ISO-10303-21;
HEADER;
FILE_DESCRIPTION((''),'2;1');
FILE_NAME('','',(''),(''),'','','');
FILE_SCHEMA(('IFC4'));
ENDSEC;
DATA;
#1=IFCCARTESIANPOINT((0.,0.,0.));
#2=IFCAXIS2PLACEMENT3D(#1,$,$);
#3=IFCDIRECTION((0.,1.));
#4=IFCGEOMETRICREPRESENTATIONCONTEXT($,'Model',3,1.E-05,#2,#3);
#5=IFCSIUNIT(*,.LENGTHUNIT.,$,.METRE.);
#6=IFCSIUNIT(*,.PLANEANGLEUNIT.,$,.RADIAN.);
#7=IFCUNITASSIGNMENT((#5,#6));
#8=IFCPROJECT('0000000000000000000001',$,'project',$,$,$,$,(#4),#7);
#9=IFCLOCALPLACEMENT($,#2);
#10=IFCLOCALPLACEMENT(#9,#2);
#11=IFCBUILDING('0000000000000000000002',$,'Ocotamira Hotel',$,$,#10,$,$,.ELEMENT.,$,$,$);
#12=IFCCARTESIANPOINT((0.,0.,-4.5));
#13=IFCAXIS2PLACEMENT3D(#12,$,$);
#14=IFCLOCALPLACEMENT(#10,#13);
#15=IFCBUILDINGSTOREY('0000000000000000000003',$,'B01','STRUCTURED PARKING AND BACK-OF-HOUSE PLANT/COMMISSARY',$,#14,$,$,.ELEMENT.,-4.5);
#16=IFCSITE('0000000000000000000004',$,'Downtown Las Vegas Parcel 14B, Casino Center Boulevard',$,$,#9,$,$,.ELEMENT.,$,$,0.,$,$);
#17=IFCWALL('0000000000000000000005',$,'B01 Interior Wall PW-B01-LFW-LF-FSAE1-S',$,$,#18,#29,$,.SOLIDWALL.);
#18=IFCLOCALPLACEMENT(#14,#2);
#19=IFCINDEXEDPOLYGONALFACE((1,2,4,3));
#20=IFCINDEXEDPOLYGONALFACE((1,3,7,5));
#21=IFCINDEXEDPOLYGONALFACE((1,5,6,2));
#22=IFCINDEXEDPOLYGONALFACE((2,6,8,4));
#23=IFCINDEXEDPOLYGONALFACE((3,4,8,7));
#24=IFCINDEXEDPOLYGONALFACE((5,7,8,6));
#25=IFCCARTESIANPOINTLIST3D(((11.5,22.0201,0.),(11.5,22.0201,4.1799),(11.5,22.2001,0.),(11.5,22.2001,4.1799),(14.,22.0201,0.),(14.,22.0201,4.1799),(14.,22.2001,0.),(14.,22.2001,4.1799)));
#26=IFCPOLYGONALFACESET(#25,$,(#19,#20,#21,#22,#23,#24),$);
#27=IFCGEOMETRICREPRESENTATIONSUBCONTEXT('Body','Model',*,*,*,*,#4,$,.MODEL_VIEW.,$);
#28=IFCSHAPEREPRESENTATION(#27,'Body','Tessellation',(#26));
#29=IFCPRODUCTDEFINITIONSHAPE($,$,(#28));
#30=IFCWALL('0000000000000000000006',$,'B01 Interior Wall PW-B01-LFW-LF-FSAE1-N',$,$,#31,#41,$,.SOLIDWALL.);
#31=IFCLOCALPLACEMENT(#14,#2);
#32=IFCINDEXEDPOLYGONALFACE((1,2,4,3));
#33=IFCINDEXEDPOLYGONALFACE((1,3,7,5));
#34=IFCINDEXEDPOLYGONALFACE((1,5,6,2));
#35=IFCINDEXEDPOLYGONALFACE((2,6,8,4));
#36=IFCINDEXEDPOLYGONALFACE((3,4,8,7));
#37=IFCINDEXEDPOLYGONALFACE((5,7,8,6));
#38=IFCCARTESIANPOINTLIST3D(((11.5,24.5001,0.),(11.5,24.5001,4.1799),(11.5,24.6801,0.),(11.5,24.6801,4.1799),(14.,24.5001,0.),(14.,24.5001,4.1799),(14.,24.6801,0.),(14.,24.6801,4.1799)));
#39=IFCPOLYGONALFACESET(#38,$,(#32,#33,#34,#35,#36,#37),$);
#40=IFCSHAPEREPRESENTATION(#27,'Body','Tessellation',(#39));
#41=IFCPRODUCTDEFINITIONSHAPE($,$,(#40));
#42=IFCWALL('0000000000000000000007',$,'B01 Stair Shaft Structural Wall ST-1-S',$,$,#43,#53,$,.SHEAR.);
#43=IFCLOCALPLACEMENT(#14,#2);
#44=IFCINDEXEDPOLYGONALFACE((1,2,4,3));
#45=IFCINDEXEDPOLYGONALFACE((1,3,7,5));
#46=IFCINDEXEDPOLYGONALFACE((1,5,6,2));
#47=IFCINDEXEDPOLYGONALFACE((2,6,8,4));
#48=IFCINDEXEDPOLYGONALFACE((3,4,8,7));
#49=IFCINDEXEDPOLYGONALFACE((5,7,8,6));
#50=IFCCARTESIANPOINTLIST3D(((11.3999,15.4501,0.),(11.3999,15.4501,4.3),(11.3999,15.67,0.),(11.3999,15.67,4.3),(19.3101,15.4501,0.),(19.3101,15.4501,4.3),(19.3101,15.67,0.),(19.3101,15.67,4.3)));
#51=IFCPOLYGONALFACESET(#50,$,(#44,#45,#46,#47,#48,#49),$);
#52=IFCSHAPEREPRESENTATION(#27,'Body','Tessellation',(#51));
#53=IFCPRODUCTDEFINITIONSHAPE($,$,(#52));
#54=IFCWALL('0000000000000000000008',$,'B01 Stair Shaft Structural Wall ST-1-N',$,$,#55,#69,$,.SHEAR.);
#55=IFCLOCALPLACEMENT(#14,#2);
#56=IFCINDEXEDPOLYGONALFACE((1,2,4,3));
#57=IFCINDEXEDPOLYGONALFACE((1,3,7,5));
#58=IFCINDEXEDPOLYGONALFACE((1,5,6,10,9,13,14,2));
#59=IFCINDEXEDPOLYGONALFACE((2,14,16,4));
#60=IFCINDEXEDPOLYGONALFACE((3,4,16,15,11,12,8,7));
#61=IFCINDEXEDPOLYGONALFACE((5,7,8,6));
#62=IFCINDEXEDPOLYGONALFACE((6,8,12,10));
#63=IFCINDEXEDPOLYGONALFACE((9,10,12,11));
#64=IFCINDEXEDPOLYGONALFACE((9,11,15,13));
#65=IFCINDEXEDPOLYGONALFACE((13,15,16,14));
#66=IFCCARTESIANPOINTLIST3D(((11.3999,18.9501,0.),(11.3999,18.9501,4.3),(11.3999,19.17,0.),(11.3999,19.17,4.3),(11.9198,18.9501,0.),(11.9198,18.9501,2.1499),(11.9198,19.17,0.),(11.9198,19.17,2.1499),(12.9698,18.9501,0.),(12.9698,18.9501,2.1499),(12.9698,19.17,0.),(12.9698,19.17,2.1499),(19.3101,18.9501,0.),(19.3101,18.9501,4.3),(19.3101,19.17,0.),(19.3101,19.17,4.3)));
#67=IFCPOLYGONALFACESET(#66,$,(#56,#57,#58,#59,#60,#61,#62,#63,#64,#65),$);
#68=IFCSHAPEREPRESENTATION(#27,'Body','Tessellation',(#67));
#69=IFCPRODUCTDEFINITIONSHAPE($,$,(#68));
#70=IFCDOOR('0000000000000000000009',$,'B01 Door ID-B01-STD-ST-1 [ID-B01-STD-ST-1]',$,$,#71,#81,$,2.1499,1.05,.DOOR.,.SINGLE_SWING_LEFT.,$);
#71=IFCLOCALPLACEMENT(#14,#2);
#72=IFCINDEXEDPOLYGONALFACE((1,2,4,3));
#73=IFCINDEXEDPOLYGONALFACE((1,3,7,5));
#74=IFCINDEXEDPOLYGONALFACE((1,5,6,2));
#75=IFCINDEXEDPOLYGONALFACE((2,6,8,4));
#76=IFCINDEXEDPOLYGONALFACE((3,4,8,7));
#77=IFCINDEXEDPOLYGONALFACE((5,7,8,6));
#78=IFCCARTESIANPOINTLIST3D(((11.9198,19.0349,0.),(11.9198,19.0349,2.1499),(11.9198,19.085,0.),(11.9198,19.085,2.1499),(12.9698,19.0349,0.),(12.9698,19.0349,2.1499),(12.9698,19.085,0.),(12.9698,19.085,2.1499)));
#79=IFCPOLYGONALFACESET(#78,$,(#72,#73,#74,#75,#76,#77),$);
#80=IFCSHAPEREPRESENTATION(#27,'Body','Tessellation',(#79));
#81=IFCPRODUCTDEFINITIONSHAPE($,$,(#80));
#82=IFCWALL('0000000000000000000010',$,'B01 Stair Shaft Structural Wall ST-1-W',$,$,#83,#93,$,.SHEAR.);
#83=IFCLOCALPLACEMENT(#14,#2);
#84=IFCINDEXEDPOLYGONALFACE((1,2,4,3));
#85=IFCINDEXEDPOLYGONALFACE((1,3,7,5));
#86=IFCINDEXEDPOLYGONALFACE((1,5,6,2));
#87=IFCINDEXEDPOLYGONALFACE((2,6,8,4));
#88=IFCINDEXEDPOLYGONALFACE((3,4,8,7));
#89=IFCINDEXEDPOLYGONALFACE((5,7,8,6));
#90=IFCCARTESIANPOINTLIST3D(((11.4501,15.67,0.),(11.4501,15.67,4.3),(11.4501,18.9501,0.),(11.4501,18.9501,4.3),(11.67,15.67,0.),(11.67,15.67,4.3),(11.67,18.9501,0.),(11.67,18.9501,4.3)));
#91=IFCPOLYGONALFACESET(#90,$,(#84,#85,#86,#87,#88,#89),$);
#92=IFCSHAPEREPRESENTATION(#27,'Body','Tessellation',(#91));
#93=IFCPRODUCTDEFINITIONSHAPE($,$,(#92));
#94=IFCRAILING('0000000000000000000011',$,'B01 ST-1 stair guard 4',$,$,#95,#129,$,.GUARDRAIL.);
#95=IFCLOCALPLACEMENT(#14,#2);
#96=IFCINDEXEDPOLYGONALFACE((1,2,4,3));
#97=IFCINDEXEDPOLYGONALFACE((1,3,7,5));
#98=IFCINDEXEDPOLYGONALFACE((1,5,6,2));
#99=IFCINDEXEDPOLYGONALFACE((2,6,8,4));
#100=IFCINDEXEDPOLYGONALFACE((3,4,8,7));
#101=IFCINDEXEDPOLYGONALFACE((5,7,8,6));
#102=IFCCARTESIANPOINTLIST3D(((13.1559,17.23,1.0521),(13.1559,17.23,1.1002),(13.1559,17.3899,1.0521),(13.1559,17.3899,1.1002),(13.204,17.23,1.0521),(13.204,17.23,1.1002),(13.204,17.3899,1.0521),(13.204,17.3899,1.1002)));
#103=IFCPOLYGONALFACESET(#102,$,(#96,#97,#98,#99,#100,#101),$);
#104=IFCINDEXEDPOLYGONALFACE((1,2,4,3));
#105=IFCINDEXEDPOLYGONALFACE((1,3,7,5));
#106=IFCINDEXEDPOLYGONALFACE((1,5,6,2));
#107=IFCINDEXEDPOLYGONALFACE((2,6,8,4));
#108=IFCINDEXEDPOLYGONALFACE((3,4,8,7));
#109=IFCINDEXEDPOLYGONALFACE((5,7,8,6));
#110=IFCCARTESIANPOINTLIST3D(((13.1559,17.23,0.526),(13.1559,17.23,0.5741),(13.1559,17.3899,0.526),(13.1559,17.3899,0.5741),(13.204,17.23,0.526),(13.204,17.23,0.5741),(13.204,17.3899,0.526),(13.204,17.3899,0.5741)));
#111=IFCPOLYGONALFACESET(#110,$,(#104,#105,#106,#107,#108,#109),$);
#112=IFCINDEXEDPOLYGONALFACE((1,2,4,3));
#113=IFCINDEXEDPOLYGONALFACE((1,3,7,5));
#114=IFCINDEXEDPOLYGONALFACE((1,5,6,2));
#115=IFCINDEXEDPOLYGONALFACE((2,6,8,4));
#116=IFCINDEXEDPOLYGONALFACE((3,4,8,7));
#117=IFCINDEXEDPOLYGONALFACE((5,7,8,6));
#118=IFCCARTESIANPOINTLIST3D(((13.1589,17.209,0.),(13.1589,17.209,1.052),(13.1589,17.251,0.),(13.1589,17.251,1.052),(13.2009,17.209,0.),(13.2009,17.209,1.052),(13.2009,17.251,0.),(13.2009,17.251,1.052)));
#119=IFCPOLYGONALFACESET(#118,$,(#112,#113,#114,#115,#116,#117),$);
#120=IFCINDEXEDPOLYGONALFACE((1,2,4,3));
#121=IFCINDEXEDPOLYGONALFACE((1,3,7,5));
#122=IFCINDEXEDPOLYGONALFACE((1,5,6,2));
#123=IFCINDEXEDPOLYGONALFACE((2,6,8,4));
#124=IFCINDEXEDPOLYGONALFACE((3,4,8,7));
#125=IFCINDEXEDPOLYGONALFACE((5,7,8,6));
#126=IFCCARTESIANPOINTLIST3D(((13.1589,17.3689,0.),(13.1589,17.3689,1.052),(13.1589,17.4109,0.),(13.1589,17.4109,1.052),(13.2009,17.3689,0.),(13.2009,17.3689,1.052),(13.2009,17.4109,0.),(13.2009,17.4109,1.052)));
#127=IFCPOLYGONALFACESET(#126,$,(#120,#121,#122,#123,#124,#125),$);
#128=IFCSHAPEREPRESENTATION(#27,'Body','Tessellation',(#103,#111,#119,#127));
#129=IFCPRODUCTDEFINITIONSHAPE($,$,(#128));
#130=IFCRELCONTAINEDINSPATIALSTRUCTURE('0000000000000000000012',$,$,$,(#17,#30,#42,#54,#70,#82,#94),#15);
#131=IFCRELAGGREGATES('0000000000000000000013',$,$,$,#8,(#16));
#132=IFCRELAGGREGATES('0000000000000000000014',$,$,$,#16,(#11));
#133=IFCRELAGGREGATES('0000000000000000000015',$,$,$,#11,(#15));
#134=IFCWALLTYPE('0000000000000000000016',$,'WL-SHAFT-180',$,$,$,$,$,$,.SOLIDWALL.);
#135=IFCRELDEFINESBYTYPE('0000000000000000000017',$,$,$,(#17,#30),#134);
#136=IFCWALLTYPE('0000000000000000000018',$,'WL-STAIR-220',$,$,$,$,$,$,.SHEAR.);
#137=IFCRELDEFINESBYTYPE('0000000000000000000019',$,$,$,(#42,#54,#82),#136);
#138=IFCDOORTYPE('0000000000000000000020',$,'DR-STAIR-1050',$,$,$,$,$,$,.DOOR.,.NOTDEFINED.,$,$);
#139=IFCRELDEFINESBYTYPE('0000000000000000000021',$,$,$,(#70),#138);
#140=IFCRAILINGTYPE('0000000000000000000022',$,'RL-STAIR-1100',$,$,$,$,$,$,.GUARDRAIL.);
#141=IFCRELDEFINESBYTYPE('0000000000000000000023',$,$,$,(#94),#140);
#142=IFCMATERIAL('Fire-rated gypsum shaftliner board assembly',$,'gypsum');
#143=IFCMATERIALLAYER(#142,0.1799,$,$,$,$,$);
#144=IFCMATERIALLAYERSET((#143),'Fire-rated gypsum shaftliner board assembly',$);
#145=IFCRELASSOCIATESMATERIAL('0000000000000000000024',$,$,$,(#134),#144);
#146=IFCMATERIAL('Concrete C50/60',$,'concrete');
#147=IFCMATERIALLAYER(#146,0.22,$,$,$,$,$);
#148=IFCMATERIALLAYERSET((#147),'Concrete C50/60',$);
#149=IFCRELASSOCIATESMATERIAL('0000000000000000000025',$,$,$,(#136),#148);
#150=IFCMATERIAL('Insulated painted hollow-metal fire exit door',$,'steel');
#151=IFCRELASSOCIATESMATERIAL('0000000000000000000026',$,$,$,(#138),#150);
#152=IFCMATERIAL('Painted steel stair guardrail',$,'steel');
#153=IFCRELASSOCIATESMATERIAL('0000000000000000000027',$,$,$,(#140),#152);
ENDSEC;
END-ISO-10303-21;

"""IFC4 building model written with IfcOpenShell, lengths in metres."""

from ifc_helpers import new_model, si_unit, direction, frame, frame_2d, origin, origin_2d, place, context, subcontext, project, spatial, rectangle, extrude, source, transform, mapped, material, layer, layer_set, type_object, element, fill, save


model = new_model("IFC4")

# Units and contexts
model_context = context("Model", 3, precision=1e-05, world=origin(), true_north=direction((0.0, 1.0)))
body_context = subcontext(model_context, "Body", "Model", "MODEL_VIEW")
ifc_project = project(units=[si_unit("LENGTHUNIT", "METRE"), si_unit("PLANEANGLEUNIT", "RADIAN")], contexts=[model_context])

# Site, building, storey
site_placement = place(None, origin())
site = spatial("IfcSite", under=ifc_project, at=site_placement, Name="Downtown Las Vegas Parcel 14B, Casino Center Boulevard", CompositionType="ELEMENT", RefElevation=0.0)
building_placement = place(site_placement, origin())
building = spatial("IfcBuilding", under=site, at=building_placement, Name="Ocotamira Hotel", CompositionType="ELEMENT")
storey_placement = place(building_placement, frame((0.0, 0.0, -4.5)))
storey = spatial("IfcBuildingStorey", under=building, at=storey_placement, Name="B01", Description="STRUCTURED PARKING AND BACK-OF-HOUSE PLANT/COMMISSARY", CompositionType="ELEMENT", Elevation=-4.5)

# Walls
ifc_material_1 = material(Name="Concrete C50/60", Category="concrete")
ifc_material_2 = material(Name="Fire-rated gypsum shaftliner board assembly", Category="gypsum")
ifc_layer_1 = layer(ifc_material_2, 0.1799)
ifc_layer_set_1 = layer_set([ifc_layer_1], Name="Fire-rated gypsum shaftliner board assembly")
wall_type_1 = type_object("IfcWallType", Name="WL-SHAFT-180", PredefinedType="SOLIDWALL", material=ifc_layer_set_1)
for number, where, z_axis, x_axis, name in (
    (1, (11.5, 22.1101, 0.0), (0.0, 0.0, 1.0), (1.0, 0.0, 0.0), "B01 Interior Wall PW-B01-LFW-LF-FSAE1-S"),
    (2, (11.5, 24.5901, 0.0), (0.0, 0.0, 1.0), (1.0, 0.0, 0.0), "B01 Interior Wall PW-B01-LFW-LF-FSAE1-N"),
):
    element("IfcWall", number, at=place(storey_placement, frame(where, z_axis=z_axis, x_axis=x_axis)), inside=storey, type_object=wall_type_1, Name=name, PredefinedType="SOLIDWALL", context=body_context, shape_type="SweptSolid", body=[
        extrude(rectangle(XDim=2.5, YDim=0.1799, at=frame_2d((1.25, 0.0))), origin(), (0.0, 0.0, 1.0), 4.1799),
    ])
ifc_layer_2 = layer(ifc_material_1, 0.22)
ifc_layer_set_2 = layer_set([ifc_layer_2], Name="Concrete C50/60")
wall_type_2 = type_object("IfcWallType", Name="WL-STAIR-220", PredefinedType="SHEAR", material=ifc_layer_set_2)
wall_1_placement = place(storey_placement, frame((11.3999, 15.5601, 0.0), z_axis=(0.0, 0.0, 1.0), x_axis=(1.0, 0.0, 0.0)))
element("IfcWall", 3, at=wall_1_placement, inside=storey, type_object=wall_type_2, Name="B01 Stair Shaft Structural Wall ST-1-S", PredefinedType="SHEAR", context=body_context, shape_type="SweptSolid", body=[
    extrude(rectangle(XDim=7.9102, YDim=0.22, at=frame_2d((3.9551, 0.0))), origin(), (0.0, 0.0, 1.0), 4.3),
])

# Wall, opening, door
wall_2_placement = place(storey_placement, frame((11.3999, 19.0601, 0.0), z_axis=(0.0, 0.0, 1.0), x_axis=(1.0, 0.0, 0.0)))
wall_2 = element("IfcWall", 4, at=wall_2_placement, inside=storey, type_object=wall_type_2, Name="B01 Stair Shaft Structural Wall ST-1-N", PredefinedType="SHEAR", context=body_context, shape_type="SweptSolid", body=[
    extrude(rectangle(XDim=7.9102, YDim=0.22, at=frame_2d((3.9551, 0.0))), origin(), (0.0, 0.0, 1.0), 4.3),
])
opening_1_placement = place(wall_2_placement, frame((0.52, 0.0, 0.0)))
opening_1 = element("IfcOpeningElement", 5, at=opening_1_placement, cuts=wall_2, PredefinedType="OPENING", context=body_context, shape_type="SweptSolid", body=[
    extrude(rectangle(XDim=1.05, YDim=2.1499, at=frame_2d((0.5249, 1.075))), frame((0.0, 0.1201, 0.0), z_axis=(0.0, -1.0, 0.0), x_axis=(1.0, 0.0, 0.0)), (0.0, 0.0, 1.0), 0.24),
])
ifc_material_3 = material(Name="Insulated painted hollow-metal fire exit door", Category="steel")
door_type_1 = type_object("IfcDoorType", Name="DR-STAIR-1050", OperationType="NOTDEFINED", PredefinedType="DOOR", material=ifc_material_3)
shared_shape_1 = source(origin(), body_context, "Body", "SweptSolid", [
    extrude(rectangle(XDim=1.05, YDim=2.1499, at=frame_2d((0.5249, 1.075))), frame((0.0, 0.0249, 0.0), z_axis=(0.0, -1.0, 0.0), x_axis=(1.0, 0.0, 0.0)), (0.0, 0.0, 1.0), 0.05),
])
door_1_placement = place(opening_1_placement, origin())
door_1 = element("IfcDoor", 6, at=door_1_placement, inside=storey, type_object=door_type_1, Name="B01 Door ID-B01-STD-ST-1 [ID-B01-STD-ST-1]", OperationType="SINGLE_SWING_LEFT", OverallHeight=2.1499, OverallWidth=1.05, PredefinedType="DOOR", context=body_context, shape_type="MappedRepresentation", body=[
    mapped(shared_shape_1, transform((0.0, 0.0, 0.0), scale=1.0)),
])
fill(opening_1, door_1)

# Wall
wall_3_placement = place(storey_placement, frame((11.5601, 15.6699, 0.0), z_axis=(0.0, 0.0, 1.0), x_axis=(0.0, 1.0, 0.0)))
element("IfcWall", 7, at=wall_3_placement, inside=storey, type_object=wall_type_2, Name="B01 Stair Shaft Structural Wall ST-1-W", PredefinedType="SHEAR", context=body_context, shape_type="SweptSolid", body=[
    extrude(rectangle(XDim=3.28, YDim=0.22, at=frame_2d((1.6401, 0.0))), origin(), (0.0, 0.0, 1.0), 4.3),
])

# Railing
ifc_material_4 = material(Name="Painted steel stair guardrail", Category="steel")
railing_type = type_object("IfcRailingType", Name="RL-STAIR-1100", PredefinedType="GUARDRAIL", material=ifc_material_4)
railing_placement = place(storey_placement, frame((13.1799, 17.23, 0.0)))
element("IfcRailing", 8, at=railing_placement, inside=storey, type_object=railing_type, Name="B01 ST-1 stair guard 4", PredefinedType="GUARDRAIL", context=body_context, shape_type="SweptSolid", body=[
    extrude(rectangle(XDim=0.0481, YDim=0.0481, at=origin_2d()), frame((0.0, 0.0, 1.0762), z_axis=(0.0, 1.0, 0.0), x_axis=(-1.0, 0.0, 0.0)), (0.0, 0.0, 1.0), 0.1599),
    extrude(rectangle(XDim=0.0481, YDim=0.0481, at=origin_2d()), frame((0.0, 0.0, 0.55), z_axis=(0.0, 1.0, 0.0), x_axis=(-1.0, 0.0, 0.0)), (0.0, 0.0, 1.0), 0.1599),
    extrude(rectangle(XDim=0.042, YDim=0.042, at=origin_2d()), origin(), (0.0, 0.0, 1.0), 1.052),
    extrude(rectangle(XDim=0.042, YDim=0.042, at=origin_2d()), frame((0.0, 0.1599, 0.0)), (0.0, 0.0, 1.0), 1.052),
])

save(model, "model.ifc")
